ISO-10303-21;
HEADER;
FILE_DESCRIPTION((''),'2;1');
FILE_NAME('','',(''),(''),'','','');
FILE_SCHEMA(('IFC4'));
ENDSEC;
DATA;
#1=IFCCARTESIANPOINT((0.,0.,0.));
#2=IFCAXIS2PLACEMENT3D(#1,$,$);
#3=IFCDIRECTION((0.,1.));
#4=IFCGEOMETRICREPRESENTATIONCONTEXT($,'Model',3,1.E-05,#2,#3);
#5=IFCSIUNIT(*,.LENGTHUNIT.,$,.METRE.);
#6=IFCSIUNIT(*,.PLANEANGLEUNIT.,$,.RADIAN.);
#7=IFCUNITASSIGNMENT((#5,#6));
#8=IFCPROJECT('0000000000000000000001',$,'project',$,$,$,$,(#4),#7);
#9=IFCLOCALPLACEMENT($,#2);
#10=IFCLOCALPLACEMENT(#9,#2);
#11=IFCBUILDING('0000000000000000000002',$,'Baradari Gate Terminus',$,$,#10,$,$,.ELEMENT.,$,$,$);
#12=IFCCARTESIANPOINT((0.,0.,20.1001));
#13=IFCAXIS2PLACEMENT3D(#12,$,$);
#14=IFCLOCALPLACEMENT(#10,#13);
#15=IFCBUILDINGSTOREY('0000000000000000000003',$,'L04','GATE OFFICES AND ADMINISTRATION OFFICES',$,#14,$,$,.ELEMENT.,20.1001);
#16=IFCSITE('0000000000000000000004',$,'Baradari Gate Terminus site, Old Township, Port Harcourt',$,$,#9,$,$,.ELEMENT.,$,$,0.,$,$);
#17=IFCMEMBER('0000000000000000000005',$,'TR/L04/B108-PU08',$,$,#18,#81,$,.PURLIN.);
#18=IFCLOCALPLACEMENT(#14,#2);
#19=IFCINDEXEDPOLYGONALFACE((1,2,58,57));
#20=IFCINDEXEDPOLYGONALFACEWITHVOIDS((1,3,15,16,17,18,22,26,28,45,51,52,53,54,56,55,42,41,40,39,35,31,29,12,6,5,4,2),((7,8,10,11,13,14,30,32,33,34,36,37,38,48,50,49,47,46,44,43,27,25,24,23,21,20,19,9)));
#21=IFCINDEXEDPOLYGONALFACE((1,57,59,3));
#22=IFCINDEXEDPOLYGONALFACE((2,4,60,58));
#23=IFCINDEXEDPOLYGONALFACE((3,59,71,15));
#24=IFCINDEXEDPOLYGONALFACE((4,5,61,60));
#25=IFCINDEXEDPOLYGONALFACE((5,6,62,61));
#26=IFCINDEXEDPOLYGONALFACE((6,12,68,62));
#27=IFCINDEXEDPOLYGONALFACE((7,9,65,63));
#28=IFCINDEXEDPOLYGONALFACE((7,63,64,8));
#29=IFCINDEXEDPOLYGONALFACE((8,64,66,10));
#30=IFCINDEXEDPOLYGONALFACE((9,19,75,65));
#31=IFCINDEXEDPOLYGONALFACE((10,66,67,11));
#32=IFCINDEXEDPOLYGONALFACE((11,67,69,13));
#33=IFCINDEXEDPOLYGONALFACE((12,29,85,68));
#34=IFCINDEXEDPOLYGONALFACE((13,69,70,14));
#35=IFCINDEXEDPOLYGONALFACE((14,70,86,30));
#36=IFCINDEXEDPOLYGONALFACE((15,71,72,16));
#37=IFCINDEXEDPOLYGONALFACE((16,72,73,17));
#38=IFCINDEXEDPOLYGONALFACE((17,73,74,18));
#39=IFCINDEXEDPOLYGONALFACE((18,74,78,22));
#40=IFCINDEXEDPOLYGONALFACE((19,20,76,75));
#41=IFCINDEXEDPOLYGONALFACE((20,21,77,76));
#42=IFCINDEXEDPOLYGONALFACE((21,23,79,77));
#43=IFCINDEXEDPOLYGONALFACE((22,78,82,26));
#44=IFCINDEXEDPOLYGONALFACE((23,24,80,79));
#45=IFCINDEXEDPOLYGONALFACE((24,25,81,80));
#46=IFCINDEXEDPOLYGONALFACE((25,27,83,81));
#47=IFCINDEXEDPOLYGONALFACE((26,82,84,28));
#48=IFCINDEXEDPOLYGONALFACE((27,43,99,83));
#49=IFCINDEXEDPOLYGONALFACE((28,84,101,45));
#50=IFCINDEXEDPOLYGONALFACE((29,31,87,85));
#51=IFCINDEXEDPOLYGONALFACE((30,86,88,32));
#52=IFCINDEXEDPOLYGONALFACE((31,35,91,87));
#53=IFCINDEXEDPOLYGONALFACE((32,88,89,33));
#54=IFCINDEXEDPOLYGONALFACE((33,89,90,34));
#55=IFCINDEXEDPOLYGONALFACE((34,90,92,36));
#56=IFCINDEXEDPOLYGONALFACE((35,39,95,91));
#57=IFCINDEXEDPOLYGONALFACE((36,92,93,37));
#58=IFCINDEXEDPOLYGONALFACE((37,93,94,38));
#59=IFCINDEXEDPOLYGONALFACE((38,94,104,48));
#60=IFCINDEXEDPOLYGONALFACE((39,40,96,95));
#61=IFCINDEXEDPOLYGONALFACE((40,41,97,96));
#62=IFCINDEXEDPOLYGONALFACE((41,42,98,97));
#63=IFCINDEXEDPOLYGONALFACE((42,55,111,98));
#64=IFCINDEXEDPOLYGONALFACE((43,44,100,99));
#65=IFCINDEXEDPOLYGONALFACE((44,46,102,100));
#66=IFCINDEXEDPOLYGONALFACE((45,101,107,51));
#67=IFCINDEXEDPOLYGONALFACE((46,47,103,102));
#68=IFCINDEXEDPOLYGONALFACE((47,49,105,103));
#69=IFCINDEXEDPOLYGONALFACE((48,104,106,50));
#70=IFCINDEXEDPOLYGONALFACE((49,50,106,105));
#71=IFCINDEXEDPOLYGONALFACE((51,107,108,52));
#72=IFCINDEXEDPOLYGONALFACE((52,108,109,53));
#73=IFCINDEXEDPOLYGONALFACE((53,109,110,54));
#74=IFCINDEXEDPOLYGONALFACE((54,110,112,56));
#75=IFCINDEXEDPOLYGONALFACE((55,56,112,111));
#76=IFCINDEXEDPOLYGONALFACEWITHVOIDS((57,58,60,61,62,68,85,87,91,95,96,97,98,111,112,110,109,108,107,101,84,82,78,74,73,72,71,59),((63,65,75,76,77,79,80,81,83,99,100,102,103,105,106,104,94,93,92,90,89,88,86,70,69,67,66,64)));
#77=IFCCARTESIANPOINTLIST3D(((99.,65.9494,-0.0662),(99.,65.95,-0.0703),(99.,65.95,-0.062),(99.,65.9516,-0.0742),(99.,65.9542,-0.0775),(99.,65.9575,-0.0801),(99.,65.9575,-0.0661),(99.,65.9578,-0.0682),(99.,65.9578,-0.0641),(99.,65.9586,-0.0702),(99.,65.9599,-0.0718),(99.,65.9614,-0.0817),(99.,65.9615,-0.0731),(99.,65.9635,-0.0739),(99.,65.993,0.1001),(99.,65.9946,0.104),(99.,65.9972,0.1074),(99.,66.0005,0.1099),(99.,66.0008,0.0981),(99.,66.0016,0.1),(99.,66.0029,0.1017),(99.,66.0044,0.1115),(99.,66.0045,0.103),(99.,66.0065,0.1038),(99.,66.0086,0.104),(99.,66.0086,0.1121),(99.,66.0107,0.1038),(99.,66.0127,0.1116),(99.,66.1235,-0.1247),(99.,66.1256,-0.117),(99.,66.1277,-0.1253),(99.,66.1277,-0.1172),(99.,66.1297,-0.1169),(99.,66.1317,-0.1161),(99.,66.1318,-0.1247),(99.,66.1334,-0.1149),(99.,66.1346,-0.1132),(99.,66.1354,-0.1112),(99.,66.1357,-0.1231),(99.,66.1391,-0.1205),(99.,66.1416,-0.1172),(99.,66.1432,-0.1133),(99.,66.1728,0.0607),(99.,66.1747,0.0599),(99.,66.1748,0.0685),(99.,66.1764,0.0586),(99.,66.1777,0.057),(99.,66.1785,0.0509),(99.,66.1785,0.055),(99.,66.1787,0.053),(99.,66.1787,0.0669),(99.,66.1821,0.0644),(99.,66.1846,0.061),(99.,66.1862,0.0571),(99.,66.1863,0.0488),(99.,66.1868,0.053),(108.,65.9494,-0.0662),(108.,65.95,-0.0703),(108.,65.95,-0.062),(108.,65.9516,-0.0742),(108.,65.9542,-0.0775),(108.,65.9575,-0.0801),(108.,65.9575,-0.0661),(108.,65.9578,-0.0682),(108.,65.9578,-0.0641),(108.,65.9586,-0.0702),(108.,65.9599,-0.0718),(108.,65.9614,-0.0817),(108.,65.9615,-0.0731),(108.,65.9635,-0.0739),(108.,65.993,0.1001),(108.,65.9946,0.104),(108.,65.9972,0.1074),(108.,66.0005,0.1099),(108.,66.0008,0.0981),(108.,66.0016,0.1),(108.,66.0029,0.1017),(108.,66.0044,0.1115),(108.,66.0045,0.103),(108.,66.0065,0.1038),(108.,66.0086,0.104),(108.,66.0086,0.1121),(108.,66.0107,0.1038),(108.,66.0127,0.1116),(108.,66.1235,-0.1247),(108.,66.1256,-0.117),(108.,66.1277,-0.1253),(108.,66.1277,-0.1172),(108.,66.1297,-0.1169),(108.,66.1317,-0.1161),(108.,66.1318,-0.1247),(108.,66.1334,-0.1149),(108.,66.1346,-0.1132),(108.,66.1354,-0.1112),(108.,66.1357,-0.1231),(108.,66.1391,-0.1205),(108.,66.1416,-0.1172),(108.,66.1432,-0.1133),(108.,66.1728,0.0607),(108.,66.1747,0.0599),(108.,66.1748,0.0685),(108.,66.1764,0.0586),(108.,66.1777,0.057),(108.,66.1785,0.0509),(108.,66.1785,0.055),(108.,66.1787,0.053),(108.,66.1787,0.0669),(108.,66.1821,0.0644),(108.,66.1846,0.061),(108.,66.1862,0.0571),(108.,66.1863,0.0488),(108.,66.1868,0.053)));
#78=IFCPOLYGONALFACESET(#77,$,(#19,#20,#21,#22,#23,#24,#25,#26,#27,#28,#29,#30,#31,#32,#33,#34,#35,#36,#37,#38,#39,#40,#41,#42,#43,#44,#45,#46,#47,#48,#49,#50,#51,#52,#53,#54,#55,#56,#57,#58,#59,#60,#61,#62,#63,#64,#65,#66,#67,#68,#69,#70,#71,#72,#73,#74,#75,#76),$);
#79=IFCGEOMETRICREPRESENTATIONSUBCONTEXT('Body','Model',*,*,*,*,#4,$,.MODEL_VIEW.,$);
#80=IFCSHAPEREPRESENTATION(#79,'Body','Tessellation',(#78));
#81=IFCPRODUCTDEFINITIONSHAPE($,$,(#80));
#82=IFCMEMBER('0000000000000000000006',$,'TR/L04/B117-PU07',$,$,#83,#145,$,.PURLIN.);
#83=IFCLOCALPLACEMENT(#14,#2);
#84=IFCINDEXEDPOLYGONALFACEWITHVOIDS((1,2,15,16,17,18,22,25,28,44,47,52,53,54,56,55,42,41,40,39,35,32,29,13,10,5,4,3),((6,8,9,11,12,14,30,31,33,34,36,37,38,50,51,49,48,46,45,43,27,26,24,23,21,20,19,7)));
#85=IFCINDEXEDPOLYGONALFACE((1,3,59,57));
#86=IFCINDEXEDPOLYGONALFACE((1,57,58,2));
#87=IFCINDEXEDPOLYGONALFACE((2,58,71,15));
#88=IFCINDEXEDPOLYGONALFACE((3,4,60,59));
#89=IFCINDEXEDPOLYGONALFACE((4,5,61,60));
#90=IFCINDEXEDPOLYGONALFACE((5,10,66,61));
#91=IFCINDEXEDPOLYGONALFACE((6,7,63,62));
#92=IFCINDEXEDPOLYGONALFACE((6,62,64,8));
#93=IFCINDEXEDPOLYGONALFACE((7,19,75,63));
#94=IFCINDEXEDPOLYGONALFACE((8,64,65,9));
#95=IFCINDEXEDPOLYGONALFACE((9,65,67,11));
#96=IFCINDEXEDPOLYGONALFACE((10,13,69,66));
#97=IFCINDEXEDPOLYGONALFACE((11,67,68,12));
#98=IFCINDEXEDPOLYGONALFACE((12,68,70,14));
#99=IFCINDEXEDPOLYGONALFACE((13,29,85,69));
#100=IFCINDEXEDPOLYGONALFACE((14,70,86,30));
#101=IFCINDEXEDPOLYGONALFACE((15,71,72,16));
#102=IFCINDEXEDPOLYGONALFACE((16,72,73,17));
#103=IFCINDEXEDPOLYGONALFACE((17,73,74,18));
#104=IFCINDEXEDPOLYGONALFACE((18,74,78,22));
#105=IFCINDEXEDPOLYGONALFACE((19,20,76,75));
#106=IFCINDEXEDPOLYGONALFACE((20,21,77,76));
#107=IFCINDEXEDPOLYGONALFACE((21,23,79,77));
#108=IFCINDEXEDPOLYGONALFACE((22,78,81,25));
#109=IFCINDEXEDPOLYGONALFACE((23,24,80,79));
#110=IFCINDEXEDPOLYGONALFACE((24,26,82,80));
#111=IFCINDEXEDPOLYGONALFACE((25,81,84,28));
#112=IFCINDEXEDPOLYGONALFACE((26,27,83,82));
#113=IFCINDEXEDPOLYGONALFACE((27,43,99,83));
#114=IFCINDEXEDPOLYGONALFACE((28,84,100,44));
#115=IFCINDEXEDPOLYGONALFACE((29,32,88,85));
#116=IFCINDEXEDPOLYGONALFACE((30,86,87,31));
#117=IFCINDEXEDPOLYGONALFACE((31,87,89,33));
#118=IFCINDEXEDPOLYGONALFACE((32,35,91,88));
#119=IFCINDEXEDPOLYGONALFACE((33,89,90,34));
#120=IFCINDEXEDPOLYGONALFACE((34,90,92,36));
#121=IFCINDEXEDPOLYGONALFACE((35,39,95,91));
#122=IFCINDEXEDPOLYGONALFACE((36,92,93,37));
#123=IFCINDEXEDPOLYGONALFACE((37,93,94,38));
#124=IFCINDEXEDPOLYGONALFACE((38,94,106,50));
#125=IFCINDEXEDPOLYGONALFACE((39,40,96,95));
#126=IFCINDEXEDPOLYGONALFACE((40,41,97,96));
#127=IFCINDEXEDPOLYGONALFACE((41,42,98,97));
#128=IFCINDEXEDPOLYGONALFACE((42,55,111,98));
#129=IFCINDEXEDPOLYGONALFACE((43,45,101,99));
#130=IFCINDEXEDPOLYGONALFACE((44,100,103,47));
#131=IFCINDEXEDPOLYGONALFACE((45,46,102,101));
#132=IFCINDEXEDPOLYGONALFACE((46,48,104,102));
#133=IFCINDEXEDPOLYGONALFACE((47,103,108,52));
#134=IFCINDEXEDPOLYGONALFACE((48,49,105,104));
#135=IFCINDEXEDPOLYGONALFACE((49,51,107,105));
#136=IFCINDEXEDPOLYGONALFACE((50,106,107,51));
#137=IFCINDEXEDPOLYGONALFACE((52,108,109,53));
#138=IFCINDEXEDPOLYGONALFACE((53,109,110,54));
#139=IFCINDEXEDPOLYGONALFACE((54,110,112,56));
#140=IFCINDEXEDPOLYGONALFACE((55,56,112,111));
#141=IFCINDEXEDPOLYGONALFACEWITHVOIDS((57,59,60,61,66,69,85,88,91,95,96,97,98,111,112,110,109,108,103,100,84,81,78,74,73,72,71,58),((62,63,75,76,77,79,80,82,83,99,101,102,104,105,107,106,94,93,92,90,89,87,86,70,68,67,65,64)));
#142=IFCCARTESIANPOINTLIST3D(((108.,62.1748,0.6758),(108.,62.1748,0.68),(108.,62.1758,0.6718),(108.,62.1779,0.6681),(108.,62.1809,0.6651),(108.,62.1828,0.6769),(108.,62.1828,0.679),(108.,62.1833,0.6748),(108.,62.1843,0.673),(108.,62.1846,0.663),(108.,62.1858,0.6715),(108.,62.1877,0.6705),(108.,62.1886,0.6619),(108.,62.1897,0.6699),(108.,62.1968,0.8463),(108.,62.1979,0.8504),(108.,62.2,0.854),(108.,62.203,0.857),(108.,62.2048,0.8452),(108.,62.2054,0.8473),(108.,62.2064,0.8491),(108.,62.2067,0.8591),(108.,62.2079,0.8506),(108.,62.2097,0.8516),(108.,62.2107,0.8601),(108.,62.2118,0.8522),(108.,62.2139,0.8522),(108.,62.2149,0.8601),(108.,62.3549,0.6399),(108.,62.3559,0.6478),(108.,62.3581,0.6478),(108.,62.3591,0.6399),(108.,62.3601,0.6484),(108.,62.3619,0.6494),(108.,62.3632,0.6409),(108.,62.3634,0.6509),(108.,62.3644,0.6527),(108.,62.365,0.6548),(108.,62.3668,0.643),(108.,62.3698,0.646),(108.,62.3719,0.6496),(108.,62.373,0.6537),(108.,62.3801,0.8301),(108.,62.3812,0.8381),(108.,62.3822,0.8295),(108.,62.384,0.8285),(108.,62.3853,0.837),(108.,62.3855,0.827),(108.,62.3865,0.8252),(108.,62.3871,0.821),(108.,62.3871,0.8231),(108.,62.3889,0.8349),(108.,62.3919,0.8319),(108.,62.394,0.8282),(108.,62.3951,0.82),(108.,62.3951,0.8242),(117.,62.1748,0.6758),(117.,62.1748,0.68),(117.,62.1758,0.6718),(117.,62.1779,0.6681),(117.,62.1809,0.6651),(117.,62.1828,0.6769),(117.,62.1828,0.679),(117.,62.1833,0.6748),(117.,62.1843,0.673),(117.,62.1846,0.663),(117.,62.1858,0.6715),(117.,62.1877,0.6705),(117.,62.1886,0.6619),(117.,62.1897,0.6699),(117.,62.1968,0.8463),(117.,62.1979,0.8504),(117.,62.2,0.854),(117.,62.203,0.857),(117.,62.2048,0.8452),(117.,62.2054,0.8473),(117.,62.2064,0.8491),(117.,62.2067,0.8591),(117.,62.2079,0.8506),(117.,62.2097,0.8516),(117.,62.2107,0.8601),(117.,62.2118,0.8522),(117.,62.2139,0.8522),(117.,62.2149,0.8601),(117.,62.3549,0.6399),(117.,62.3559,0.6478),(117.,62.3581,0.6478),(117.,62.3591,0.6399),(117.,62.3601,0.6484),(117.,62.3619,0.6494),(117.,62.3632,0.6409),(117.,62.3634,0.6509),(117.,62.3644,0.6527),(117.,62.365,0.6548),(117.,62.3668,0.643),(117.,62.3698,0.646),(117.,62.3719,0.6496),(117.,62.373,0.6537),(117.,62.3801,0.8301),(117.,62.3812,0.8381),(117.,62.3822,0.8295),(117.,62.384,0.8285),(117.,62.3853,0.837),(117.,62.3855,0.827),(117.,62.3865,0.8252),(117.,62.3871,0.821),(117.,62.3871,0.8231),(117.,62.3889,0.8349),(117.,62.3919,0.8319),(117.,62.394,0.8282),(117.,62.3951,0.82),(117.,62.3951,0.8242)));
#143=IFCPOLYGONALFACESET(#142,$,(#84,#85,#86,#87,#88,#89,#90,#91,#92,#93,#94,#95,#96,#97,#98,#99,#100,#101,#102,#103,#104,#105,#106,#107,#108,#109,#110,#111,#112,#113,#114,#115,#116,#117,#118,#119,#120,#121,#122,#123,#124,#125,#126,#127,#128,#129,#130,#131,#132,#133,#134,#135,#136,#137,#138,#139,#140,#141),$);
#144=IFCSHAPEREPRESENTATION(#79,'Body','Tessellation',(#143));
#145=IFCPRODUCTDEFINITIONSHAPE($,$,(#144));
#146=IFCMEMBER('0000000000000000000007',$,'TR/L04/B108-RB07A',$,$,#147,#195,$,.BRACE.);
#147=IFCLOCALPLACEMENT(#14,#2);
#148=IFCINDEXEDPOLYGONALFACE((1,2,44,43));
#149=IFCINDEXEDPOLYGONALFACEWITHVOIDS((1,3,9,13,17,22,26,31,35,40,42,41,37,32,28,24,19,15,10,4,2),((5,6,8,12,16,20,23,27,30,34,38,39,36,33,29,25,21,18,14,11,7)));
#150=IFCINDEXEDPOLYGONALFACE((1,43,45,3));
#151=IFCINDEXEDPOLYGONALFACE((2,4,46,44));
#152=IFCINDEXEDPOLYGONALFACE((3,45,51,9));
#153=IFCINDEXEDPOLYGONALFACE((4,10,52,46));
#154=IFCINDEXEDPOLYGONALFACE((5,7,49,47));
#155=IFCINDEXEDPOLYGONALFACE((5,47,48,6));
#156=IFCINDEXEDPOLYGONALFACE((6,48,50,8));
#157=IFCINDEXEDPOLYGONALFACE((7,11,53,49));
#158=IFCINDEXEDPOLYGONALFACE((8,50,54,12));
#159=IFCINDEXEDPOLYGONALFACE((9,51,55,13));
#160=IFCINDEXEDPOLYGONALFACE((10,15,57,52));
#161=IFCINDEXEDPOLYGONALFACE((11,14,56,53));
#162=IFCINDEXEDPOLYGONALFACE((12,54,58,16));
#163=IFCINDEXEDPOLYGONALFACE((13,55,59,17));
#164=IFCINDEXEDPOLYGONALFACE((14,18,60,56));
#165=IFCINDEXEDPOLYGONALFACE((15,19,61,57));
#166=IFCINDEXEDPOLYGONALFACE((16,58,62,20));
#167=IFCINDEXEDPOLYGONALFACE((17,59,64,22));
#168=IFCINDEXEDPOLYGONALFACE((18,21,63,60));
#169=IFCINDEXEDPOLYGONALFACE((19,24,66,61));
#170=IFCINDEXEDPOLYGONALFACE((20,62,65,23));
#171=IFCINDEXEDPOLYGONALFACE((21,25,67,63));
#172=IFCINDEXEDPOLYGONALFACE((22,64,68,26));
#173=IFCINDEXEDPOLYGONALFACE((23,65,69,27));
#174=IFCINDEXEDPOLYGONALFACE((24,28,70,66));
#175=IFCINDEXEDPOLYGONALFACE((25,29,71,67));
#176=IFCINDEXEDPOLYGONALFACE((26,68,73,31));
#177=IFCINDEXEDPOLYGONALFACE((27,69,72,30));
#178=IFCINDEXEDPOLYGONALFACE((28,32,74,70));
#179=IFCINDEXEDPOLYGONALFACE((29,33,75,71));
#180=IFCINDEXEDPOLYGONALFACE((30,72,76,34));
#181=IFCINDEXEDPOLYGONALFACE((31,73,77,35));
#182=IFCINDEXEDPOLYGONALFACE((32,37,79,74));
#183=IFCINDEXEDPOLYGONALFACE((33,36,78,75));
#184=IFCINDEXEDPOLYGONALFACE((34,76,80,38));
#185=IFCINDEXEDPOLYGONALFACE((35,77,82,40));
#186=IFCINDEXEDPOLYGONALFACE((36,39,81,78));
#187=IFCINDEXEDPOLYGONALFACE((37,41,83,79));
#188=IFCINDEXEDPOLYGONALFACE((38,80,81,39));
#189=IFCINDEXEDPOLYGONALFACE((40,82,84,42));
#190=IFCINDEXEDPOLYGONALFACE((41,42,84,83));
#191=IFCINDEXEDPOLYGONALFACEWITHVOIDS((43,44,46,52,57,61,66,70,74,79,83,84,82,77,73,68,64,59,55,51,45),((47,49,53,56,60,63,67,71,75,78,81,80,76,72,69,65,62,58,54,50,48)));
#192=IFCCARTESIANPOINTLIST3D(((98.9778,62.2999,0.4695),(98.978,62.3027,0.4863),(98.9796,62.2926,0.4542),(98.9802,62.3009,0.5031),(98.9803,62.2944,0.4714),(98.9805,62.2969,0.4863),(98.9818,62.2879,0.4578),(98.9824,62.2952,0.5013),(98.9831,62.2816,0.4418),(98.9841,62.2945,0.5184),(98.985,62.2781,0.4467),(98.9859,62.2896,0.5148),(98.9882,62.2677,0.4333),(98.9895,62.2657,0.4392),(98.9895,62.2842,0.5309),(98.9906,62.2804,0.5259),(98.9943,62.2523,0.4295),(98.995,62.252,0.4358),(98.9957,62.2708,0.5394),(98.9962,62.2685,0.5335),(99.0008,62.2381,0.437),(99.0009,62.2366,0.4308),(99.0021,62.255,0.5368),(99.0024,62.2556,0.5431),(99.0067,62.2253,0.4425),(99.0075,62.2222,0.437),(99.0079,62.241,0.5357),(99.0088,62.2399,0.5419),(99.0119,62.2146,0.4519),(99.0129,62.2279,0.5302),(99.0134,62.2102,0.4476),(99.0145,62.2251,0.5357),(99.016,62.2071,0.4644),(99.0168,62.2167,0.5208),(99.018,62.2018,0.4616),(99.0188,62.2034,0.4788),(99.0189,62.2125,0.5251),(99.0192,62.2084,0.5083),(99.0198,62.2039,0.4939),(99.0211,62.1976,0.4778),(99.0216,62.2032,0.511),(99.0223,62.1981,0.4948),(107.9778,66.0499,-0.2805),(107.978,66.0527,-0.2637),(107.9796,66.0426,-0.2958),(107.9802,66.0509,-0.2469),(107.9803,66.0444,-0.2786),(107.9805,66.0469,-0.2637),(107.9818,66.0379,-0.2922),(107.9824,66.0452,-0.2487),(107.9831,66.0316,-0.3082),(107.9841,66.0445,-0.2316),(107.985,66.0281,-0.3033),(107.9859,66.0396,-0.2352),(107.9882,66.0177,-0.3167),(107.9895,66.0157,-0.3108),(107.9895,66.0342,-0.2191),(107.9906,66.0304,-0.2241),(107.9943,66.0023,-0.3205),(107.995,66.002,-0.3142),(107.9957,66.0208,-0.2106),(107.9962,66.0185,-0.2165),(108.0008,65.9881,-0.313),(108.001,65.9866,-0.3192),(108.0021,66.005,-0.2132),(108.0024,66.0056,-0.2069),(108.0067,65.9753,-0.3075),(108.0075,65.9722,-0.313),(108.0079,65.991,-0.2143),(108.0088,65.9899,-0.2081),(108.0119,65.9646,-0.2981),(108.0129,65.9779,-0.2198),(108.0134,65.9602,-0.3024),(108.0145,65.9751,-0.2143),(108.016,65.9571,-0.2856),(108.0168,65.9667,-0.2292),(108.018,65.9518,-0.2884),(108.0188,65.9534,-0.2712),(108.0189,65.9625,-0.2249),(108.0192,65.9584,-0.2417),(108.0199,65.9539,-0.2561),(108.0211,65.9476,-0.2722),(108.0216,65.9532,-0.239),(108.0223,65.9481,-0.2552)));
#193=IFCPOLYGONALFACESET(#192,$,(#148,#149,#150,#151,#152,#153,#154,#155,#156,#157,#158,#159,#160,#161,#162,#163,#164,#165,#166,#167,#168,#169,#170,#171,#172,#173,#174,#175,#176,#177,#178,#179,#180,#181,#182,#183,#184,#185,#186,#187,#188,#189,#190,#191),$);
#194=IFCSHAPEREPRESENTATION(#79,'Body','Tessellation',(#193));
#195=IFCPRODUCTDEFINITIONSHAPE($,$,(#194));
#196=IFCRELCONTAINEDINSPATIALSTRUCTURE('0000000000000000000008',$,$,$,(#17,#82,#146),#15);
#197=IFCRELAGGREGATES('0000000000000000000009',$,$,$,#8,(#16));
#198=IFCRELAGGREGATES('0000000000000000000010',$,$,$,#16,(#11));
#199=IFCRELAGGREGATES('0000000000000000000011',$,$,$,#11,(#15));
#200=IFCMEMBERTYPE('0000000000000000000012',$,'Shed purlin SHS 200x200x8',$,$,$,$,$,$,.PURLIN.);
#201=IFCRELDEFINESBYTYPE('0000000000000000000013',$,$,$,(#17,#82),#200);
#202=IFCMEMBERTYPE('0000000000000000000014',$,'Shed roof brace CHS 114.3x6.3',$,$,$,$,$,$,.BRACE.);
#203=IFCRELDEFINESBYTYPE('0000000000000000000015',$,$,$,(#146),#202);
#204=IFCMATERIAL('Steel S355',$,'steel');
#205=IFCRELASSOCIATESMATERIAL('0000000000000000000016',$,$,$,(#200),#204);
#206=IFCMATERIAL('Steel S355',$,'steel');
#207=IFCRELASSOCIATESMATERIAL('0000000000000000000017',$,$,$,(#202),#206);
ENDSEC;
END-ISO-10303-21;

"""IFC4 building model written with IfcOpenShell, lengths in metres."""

from ifc_helpers import new_model, si_unit, direction, frame, origin, origin_2d, place, context, subcontext, project, spatial, hollow_rectangle, hollow_circle, extrude, material, material_profile, profile_set, type_object, element, save


model = new_model("IFC4")

# Units and contexts
model_context = context("Model", 3, precision=1e-05, world=origin(), true_north=direction((0.0, 1.0)))
body_context = subcontext(model_context, "Body", "Model", "MODEL_VIEW")
ifc_project = project(units=[si_unit("LENGTHUNIT", "METRE"), si_unit("PLANEANGLEUNIT", "RADIAN")], contexts=[model_context])

# Site, building, storey
site_placement = place(None, origin())
site = spatial("IfcSite", under=ifc_project, at=site_placement, Name="Baradari Gate Terminus site, Old Township, Port Harcourt", CompositionType="ELEMENT", RefElevation=0.0)
building_placement = place(site_placement, origin())
building = spatial("IfcBuilding", under=site, at=building_placement, Name="Baradari Gate Terminus", CompositionType="ELEMENT")
storey_placement = place(building_placement, frame((0.0, 0.0, 20.1001)))
storey = spatial("IfcBuildingStorey", under=building, at=storey_placement, Name="L04", Description="GATE OFFICES AND ADMINISTRATION OFFICES", CompositionType="ELEMENT", Elevation=20.1001)

# Members
ifc_material_1 = material(Name="Steel S355", Category="steel")
ifc_material_profile_1 = material_profile(ifc_material_1, hollow_rectangle(XDim=0.2, YDim=0.2, WallThickness=0.0081, InnerFilletRadius=0.0081, OuterFilletRadius=0.0161, at=origin_2d()), Name="SHS 200x200x8")
ifc_profile_set_1 = profile_set([ifc_material_profile_1], Name="Steel S355")
member_type_1 = type_object("IfcMemberType", Name="Shed purlin SHS 200x200x8", PredefinedType="PURLIN", material=ifc_profile_set_1)
for number, where, z_axis, x_axis, name in (
    (1, (99.0, 66.0681, -0.0066), (1.0, 0.0, 0.0), (0.0, 0.9665, -0.256668), "TR/L04/B108-PU08"),
    (2, (108.0, 62.2849, 0.75), (1.0, 0.0, 0.0), (0.0, 0.991303, -0.131599), "TR/L04/B117-PU07"),
):
    element("IfcMember", number, at=place(storey_placement, frame(where, z_axis=z_axis, x_axis=x_axis)), inside=storey, type_object=member_type_1, Name=name, PredefinedType="PURLIN", context=body_context, shape_type="SweptSolid", body=[
        extrude(hollow_rectangle(XDim=0.2, YDim=0.2, WallThickness=0.0081, InnerFilletRadius=0.0081, OuterFilletRadius=0.0161, at=origin_2d()), origin(), (0.0, 0.0, 1.0), 9.0),
    ])
ifc_material_2 = material(Name="Steel S355", Category="steel")
ifc_material_profile_2 = material_profile(ifc_material_2, hollow_circle(Radius=0.0571, WallThickness=0.0063, at=origin_2d()), Name="CHS 114.3x6.3")
ifc_profile_set_2 = profile_set([ifc_material_profile_2], Name="Steel S355")
member_type_2 = type_object("IfcMemberType", Name="Shed roof brace CHS 114.3x6.3", PredefinedType="BRACE", material=ifc_profile_set_2)
for number, where, z_axis, x_axis, name in (
    (3, (99.0, 62.25, 0.4863), (0.920358, 0.383482, -0.076696), (-0.384615, 0.923077, 0.0), "TR/L04/B108-RB07A"),
):
    element("IfcMember", number, at=place(storey_placement, frame(where, z_axis=z_axis, x_axis=x_axis)), inside=storey, type_object=member_type_2, Name=name, PredefinedType="BRACE", context=body_context, shape_type="SweptSolid", body=[
        extrude(hollow_circle(Radius=0.0571, WallThickness=0.0063, at=origin_2d()), origin(), (0.0, 0.0, 1.0), 9.7788),
    ])

save(model, "model.ifc")
